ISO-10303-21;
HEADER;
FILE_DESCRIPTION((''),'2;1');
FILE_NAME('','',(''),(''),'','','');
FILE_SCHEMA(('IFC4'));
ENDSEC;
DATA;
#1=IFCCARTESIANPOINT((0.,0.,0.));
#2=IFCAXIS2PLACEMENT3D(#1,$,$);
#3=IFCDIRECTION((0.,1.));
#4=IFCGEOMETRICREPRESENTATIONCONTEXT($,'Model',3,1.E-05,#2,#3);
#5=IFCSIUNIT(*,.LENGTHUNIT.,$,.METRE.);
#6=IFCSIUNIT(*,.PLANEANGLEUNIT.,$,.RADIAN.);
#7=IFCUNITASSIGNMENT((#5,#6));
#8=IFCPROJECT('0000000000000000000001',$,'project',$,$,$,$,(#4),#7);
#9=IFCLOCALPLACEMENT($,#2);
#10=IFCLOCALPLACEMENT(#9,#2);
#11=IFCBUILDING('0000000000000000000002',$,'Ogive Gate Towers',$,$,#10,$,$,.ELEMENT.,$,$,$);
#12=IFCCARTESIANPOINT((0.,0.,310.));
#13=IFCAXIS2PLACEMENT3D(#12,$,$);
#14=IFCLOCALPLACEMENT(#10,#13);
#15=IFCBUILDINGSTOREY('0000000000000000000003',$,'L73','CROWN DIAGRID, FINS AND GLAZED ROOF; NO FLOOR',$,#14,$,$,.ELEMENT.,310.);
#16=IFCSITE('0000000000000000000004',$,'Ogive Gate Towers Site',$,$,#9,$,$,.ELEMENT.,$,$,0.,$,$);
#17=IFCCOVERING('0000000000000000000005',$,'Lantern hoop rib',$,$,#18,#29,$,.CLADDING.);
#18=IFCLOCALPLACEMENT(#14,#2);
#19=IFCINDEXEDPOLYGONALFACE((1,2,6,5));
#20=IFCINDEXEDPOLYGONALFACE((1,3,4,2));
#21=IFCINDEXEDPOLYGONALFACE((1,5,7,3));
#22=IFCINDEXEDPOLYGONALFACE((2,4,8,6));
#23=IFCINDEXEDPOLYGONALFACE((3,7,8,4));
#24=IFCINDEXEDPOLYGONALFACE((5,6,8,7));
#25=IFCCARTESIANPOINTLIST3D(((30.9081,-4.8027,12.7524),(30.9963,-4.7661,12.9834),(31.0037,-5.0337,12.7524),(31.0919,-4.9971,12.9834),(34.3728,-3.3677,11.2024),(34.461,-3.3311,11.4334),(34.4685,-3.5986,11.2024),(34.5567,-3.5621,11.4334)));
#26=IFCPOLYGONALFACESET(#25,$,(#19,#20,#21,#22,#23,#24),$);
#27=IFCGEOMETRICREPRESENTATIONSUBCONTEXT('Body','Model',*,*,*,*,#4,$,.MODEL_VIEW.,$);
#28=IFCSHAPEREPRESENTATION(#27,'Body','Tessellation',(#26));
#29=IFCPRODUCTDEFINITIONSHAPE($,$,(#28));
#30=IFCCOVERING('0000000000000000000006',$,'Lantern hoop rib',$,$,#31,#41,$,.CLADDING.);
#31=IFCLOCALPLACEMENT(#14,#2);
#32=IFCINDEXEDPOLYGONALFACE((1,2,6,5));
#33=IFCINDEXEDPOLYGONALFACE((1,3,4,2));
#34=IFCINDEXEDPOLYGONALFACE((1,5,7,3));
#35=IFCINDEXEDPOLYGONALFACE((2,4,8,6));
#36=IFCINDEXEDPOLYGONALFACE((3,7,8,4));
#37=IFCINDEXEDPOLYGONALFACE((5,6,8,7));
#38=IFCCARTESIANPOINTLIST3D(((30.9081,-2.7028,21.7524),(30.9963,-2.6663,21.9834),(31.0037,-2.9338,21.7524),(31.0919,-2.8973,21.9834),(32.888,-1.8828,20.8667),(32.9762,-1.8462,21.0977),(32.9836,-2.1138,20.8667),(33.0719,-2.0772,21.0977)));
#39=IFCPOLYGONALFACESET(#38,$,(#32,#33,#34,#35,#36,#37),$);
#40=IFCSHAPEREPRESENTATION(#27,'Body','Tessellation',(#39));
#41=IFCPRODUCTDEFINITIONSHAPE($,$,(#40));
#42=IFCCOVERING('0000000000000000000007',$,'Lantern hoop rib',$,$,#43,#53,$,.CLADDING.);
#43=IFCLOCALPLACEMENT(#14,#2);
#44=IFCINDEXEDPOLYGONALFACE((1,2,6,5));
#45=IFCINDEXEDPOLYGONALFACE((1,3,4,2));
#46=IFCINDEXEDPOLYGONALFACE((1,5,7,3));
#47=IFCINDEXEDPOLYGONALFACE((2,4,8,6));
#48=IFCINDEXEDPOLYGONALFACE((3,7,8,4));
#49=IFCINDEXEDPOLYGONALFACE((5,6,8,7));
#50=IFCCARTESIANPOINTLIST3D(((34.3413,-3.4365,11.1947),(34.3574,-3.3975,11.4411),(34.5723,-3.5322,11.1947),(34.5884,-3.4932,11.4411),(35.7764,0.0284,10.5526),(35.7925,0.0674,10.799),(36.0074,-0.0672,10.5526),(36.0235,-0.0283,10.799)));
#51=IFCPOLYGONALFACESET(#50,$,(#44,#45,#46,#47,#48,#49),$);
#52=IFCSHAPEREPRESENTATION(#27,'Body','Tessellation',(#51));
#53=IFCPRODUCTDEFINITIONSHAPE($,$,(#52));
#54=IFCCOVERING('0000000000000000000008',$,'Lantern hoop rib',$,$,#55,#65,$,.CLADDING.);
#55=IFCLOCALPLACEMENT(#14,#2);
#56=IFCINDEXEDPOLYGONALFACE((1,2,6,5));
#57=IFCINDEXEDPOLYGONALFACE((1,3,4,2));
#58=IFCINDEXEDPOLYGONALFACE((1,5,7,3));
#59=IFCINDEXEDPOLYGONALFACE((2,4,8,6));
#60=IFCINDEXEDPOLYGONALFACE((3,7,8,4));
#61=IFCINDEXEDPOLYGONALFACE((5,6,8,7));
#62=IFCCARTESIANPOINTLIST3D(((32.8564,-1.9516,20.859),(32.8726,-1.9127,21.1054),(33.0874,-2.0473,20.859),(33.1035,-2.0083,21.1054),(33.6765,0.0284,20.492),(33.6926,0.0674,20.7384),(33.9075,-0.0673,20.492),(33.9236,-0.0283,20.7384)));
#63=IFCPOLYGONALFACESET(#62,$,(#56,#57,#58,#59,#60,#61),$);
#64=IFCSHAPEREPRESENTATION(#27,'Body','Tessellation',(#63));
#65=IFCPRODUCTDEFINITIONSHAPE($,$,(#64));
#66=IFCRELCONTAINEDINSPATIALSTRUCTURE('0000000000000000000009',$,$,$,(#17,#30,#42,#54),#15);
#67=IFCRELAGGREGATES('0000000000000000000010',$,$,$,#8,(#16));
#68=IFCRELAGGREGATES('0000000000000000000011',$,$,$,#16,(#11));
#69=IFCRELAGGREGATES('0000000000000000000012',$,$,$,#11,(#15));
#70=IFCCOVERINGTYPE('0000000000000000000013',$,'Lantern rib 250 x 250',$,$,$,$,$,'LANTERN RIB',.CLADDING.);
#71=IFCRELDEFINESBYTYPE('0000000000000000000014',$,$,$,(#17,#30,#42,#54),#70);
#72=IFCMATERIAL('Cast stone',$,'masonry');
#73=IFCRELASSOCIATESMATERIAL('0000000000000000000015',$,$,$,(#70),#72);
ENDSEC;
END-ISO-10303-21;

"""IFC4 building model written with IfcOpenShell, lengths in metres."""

from ifc_helpers import new_model, si_unit, direction, frame, origin, origin_2d, place, context, subcontext, project, spatial, rectangle, extrude, material, material_profile, profile_set, type_object, element, save


model = new_model("IFC4")

# Units and contexts
model_context = context("Model", 3, precision=1e-05, world=origin(), true_north=direction((0.0, 1.0)))
body_context = subcontext(model_context, "Body", "Model", "MODEL_VIEW")
ifc_project = project(units=[si_unit("LENGTHUNIT", "METRE"), si_unit("PLANEANGLEUNIT", "RADIAN")], contexts=[model_context])

# Site, building, storey
site_placement = place(None, origin())
site = spatial("IfcSite", under=ifc_project, at=site_placement, Name="Ogive Gate Towers Site", CompositionType="ELEMENT", RefElevation=0.0)
building_placement = place(site_placement, origin())
building = spatial("IfcBuilding", under=site, at=building_placement, Name="Ogive Gate Towers", CompositionType="ELEMENT")
storey_placement = place(building_placement, frame((0.0, 0.0, 310.0)))
storey = spatial("IfcBuildingStorey", under=building, at=storey_placement, Name="L73", Description="CROWN DIAGRID, FINS AND GLAZED ROOF; NO FLOOR", CompositionType="ELEMENT", Elevation=310.0)

# Coverings
ifc_material_1 = material(Name="Cast stone", Category="masonry")
ifc_material_profile_1 = material_profile(ifc_material_1, rectangle(XDim=0.25, YDim=0.25, at=origin_2d()), Name="250 x 250 cast stone")
ifc_profile_set_1 = profile_set([ifc_material_profile_1], Name="Cast stone")
covering_type = type_object("IfcCoveringType", Name="Lantern rib 250 x 250", ElementType="LANTERN RIB", PredefinedType="CLADDING", material=ifc_profile_set_1)
covering_1_placement = place(storey_placement, frame((31.0, -4.8999, 12.8679), z_axis=(0.853835, 0.353639, -0.381976), x_axis=(-0.382655, 0.923891, 0.0)))
element("IfcCovering", 1, at=covering_1_placement, inside=storey, type_object=covering_type, Name="Lantern hoop rib", PredefinedType="CLADDING", context=body_context, shape_type="SweptSolid", body=[
    extrude(rectangle(XDim=0.25, YDim=0.25, at=origin_2d()), origin(), (0.0, 0.0, 1.0), 4.0579),
])
covering_2_placement = place(storey_placement, frame((31.0, -2.8, 21.8679), z_axis=(0.853839, 0.353643, -0.381964), x_axis=(-0.382657, 0.92389, 0.0)))
element("IfcCovering", 2, at=covering_2_placement, inside=storey, type_object=covering_type, Name="Lantern hoop rib", PredefinedType="CLADDING", context=body_context, shape_type="SweptSolid", body=[
    extrude(rectangle(XDim=0.25, YDim=0.25, at=origin_2d()), origin(), (0.0, 0.0, 1.0), 2.3188),
])
covering_3_placement = place(storey_placement, frame((34.4648, -3.4648, 11.3179), z_axis=(0.377167, 0.910641, -0.168756), x_axis=(-0.923891, 0.382655, 0.0)))
element("IfcCovering", 3, at=covering_3_placement, inside=storey, type_object=covering_type, Name="Lantern hoop rib", PredefinedType="CLADDING", context=body_context, shape_type="SweptSolid", body=[
    extrude(rectangle(XDim=0.25, YDim=0.25, at=origin_2d()), origin(), (0.0, 0.0, 1.0), 3.8049),
])
covering_4_placement = place(storey_placement, frame((32.98, -1.98, 20.9822), z_axis=(0.377168, 0.910638, -0.168766), x_axis=(-0.92389, 0.382657, 0.0)))
element("IfcCovering", 4, at=covering_4_placement, inside=storey, type_object=covering_type, Name="Lantern hoop rib", PredefinedType="CLADDING", context=body_context, shape_type="SweptSolid", body=[
    extrude(rectangle(XDim=0.25, YDim=0.25, at=origin_2d()), origin(), (0.0, 0.0, 1.0), 2.1743),
])

save(model, "model.ifc")
